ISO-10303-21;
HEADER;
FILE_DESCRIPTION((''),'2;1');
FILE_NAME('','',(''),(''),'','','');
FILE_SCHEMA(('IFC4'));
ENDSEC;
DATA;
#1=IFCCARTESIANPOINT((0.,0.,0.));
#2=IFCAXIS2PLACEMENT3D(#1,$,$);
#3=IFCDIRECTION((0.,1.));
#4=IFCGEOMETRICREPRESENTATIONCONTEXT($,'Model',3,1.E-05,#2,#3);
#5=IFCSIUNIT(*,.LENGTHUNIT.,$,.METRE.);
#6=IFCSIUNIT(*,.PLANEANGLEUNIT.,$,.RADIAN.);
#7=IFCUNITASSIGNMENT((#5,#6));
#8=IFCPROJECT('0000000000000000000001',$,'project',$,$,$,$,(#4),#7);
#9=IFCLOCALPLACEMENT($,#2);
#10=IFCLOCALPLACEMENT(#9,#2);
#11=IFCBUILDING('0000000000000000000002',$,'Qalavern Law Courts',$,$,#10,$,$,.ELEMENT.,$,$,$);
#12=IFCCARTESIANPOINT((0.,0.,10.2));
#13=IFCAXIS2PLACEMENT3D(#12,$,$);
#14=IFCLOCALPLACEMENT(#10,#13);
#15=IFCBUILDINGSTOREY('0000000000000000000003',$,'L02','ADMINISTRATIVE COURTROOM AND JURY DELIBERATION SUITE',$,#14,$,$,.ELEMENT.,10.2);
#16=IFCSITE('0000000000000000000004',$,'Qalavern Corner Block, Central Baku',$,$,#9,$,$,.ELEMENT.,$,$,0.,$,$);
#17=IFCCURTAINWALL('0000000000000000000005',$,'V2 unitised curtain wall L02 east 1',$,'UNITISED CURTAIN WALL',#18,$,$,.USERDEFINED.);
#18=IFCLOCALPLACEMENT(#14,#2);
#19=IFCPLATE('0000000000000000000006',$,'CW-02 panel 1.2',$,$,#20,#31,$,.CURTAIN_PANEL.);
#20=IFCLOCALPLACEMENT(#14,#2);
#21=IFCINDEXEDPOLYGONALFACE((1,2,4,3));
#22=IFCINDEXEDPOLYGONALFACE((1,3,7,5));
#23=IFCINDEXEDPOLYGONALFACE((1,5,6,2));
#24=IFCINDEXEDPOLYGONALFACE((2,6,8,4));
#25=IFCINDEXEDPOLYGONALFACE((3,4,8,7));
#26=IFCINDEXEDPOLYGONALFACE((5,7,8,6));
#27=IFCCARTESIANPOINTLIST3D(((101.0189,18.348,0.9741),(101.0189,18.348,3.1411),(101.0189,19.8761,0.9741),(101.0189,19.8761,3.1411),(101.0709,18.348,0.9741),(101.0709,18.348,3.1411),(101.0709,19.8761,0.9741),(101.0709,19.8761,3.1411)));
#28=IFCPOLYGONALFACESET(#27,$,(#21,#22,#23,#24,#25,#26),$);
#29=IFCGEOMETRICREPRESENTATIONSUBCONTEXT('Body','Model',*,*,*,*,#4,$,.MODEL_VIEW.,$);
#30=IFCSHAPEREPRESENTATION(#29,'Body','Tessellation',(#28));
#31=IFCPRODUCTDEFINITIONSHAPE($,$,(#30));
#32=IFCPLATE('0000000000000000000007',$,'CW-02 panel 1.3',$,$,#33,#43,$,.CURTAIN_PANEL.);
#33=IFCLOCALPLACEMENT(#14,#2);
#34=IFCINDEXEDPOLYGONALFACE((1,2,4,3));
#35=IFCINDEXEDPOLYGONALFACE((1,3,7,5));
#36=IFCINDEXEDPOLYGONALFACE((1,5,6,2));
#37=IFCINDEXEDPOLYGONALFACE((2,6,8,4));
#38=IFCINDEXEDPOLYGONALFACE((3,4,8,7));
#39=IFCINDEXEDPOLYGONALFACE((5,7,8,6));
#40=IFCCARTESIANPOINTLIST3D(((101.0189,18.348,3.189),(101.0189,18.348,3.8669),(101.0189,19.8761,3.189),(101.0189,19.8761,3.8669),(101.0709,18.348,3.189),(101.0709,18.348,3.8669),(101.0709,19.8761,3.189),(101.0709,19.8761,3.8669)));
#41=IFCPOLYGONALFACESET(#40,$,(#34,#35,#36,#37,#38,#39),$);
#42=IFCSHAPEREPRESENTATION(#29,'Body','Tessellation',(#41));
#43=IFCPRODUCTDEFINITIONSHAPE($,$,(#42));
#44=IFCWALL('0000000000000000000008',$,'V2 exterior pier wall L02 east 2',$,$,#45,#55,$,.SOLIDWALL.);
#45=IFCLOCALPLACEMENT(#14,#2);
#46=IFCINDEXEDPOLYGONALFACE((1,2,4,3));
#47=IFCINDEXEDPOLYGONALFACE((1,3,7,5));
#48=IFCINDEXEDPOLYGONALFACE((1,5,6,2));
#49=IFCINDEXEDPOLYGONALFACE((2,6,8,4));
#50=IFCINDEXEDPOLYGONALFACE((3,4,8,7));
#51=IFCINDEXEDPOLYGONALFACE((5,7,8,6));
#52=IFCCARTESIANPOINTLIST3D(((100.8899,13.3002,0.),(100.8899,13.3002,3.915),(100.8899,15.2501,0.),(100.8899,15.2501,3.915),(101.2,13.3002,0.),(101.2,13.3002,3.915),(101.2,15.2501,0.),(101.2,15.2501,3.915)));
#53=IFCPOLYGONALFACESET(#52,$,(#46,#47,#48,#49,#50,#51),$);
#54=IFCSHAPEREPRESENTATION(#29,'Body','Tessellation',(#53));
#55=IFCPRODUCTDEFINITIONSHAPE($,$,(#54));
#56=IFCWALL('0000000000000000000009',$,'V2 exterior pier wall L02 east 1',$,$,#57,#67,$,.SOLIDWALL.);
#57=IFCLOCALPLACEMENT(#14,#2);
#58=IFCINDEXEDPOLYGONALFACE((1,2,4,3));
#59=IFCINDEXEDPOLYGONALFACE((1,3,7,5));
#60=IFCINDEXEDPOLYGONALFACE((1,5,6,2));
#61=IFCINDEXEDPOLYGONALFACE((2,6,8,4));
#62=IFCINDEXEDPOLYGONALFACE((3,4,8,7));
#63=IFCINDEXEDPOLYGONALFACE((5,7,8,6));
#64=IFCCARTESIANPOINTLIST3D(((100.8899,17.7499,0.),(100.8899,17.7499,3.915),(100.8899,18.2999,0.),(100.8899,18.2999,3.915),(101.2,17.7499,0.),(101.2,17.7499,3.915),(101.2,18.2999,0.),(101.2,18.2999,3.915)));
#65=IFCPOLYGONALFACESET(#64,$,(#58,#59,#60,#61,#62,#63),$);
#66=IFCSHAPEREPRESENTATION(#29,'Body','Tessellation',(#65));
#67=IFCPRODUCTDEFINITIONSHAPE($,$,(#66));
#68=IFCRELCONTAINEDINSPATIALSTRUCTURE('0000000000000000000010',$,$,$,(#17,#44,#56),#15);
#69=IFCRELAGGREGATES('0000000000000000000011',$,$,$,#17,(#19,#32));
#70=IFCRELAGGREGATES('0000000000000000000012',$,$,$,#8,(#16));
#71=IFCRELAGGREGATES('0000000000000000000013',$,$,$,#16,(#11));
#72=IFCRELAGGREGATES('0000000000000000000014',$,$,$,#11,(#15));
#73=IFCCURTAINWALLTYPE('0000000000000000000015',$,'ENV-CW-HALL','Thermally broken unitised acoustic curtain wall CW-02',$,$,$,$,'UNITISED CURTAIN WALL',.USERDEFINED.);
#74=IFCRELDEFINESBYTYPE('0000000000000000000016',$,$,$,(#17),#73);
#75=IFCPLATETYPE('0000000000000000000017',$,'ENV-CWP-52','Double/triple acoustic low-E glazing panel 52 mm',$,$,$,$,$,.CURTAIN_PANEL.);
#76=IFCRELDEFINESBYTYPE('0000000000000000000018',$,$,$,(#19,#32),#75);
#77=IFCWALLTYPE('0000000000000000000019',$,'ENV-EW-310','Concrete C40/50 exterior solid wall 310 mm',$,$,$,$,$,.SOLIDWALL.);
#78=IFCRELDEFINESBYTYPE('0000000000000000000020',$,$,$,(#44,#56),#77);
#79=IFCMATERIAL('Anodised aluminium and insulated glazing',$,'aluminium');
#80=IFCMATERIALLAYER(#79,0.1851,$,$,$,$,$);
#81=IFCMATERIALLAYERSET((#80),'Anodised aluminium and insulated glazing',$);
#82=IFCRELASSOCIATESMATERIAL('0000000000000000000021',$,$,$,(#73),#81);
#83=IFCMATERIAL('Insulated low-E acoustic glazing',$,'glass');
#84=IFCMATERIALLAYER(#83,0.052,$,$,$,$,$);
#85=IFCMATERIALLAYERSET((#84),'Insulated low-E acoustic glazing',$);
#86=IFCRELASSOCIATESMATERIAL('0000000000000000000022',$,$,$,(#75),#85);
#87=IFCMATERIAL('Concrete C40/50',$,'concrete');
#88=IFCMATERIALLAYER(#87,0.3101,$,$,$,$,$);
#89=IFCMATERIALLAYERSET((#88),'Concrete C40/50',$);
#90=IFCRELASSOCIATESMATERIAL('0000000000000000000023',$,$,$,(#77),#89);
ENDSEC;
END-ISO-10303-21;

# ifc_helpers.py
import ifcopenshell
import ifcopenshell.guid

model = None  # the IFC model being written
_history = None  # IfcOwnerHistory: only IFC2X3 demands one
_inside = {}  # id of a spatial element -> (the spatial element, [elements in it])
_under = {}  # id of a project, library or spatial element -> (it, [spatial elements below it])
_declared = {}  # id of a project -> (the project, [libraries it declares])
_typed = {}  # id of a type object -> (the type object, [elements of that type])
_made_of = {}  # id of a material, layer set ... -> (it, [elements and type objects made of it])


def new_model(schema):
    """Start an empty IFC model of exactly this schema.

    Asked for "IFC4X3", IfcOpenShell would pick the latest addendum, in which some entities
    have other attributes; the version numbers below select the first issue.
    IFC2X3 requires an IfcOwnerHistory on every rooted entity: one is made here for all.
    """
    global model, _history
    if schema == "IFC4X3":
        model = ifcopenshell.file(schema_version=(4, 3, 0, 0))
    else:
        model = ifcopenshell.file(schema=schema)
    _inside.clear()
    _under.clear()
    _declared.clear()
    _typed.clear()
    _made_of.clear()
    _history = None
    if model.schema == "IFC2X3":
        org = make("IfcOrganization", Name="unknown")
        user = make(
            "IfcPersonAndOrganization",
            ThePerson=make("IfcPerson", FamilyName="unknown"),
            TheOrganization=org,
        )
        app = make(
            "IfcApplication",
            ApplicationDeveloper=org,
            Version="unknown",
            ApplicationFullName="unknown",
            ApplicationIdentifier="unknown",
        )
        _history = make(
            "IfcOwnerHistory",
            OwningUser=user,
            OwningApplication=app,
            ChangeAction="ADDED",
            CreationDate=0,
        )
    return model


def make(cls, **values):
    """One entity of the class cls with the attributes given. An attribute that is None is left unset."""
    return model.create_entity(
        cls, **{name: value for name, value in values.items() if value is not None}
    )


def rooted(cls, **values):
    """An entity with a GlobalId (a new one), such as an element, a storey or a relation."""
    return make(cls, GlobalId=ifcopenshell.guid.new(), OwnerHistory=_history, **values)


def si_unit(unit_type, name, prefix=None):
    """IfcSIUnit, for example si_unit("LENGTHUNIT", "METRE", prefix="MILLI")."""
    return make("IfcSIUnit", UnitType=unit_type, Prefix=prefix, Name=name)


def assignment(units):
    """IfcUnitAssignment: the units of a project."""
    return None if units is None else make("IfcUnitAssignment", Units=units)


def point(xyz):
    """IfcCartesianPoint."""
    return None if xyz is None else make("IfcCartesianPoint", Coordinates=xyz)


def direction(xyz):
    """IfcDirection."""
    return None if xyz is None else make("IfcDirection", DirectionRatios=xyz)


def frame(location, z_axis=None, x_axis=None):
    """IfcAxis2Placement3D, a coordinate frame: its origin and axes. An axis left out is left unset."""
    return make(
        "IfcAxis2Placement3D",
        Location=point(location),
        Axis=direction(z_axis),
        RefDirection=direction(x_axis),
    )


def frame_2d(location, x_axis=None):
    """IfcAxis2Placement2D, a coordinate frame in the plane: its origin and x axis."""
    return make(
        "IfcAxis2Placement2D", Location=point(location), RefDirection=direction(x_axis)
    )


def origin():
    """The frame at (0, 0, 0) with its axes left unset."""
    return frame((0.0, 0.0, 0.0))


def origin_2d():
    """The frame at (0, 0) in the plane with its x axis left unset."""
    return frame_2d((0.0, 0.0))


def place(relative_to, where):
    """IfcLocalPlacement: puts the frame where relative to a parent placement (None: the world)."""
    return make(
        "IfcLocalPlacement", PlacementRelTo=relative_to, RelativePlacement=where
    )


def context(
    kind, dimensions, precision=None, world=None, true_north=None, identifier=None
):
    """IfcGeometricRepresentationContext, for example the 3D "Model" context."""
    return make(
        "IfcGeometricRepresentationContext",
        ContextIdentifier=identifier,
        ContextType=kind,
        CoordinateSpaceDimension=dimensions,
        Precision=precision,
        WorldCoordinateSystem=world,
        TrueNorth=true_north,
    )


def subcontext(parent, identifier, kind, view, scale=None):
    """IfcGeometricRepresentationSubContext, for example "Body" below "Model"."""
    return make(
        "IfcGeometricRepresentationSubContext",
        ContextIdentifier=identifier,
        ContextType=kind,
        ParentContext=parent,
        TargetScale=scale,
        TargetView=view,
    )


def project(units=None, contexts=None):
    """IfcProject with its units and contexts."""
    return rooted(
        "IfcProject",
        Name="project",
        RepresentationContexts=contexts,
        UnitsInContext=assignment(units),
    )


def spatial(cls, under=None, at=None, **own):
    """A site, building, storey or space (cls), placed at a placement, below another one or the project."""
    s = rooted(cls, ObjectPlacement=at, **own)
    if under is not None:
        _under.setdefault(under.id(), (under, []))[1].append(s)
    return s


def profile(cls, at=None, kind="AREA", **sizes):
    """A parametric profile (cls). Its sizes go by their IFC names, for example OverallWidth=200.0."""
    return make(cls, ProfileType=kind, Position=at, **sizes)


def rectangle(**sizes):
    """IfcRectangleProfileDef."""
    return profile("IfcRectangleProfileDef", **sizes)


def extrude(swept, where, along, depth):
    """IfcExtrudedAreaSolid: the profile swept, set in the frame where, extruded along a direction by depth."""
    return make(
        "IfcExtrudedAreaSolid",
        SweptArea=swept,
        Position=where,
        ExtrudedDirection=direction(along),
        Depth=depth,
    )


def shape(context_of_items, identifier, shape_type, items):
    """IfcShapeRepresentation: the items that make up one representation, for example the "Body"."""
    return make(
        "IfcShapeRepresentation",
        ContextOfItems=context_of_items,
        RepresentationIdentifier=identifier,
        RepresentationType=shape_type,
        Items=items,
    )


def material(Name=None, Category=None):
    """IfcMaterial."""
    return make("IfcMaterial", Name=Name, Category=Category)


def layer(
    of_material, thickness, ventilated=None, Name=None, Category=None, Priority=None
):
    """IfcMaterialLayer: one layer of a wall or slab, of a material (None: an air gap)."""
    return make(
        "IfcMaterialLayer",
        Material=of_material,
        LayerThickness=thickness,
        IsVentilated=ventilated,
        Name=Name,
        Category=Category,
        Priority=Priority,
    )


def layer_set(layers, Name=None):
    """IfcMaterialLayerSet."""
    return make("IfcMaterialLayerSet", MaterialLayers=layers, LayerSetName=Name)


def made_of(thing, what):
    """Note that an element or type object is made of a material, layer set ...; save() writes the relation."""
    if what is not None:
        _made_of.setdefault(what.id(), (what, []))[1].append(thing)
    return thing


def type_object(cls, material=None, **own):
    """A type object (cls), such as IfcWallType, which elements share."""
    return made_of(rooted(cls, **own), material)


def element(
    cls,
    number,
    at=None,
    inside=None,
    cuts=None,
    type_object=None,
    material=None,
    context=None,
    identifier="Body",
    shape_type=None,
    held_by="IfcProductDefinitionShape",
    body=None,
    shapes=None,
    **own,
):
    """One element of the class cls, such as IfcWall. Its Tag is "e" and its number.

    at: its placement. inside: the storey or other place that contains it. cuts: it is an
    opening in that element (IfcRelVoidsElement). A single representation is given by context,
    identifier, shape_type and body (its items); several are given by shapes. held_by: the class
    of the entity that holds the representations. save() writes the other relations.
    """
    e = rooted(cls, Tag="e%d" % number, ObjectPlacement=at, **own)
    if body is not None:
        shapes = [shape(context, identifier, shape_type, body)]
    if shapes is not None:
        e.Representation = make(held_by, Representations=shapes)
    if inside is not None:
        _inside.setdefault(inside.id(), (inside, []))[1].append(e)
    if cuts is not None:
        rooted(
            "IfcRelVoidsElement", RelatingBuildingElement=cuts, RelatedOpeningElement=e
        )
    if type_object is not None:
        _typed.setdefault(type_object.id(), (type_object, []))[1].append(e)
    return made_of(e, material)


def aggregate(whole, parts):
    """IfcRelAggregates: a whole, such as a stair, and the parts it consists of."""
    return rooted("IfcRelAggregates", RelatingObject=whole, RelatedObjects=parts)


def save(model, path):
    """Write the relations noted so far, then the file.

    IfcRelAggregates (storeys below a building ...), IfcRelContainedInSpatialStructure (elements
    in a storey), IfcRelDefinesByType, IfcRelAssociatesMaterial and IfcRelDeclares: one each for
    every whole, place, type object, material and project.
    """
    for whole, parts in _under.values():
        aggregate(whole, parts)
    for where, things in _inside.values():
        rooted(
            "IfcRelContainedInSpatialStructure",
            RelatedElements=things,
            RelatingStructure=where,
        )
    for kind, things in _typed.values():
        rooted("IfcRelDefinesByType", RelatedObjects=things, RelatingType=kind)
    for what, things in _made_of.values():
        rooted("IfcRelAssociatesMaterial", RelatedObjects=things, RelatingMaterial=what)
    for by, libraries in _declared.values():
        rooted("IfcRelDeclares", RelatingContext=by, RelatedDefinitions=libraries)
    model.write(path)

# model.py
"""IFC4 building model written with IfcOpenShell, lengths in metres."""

from ifc_helpers import new_model, si_unit, direction, frame, frame_2d, origin, origin_2d, place, context, subcontext, project, spatial, rectangle, extrude, material, layer, layer_set, type_object, element, aggregate, save


model = new_model("IFC4")

# Units and contexts
model_context = context("Model", 3, precision=1e-05, world=origin(), true_north=direction((0.0, 1.0)))
body_context = subcontext(model_context, "Body", "Model", "MODEL_VIEW")
ifc_project = project(units=[si_unit("LENGTHUNIT", "METRE"), si_unit("PLANEANGLEUNIT", "RADIAN")], contexts=[model_context])

# Site, building, storey
site_placement = place(None, origin())
site = spatial("IfcSite", under=ifc_project, at=site_placement, Name="Qalavern Corner Block, Central Baku", CompositionType="ELEMENT", RefElevation=0.0)
building_placement = place(site_placement, origin())
building = spatial("IfcBuilding", under=site, at=building_placement, Name="Qalavern Law Courts", CompositionType="ELEMENT")
storey_placement = place(building_placement, frame((0.0, 0.0, 10.2)))
storey = spatial("IfcBuildingStorey", under=building, at=storey_placement, Name="L02", Description="ADMINISTRATIVE COURTROOM AND JURY DELIBERATION SUITE", CompositionType="ELEMENT", Elevation=10.2)

# Shared definitions
ifc_material_1 = material(Name="Anodised aluminium and insulated glazing", Category="aluminium")
ifc_layer_1 = layer(ifc_material_1, 0.1851)
ifc_layer_set_1 = layer_set([ifc_layer_1], Name="Anodised aluminium and insulated glazing")
curtain_wall_type = type_object("IfcCurtainWallType", Name="ENV-CW-HALL", Description="Thermally broken unitised acoustic curtain wall CW-02", ElementType="UNITISED CURTAIN WALL", PredefinedType="USERDEFINED", material=ifc_layer_set_1)

# Curtain wall
curtain_wall_1_placement = place(storey_placement, origin())
curtain_wall_1 = element("IfcCurtainWall", 1, at=curtain_wall_1_placement, inside=storey, type_object=curtain_wall_type, Name="V2 unitised curtain wall L02 east 1", ObjectType="UNITISED CURTAIN WALL", PredefinedType="USERDEFINED")

# Plates
ifc_material_2 = material(Name="Insulated low-E acoustic glazing", Category="glass")
ifc_layer_2 = layer(ifc_material_2, 0.052)
ifc_layer_set_2 = layer_set([ifc_layer_2], Name="Insulated low-E acoustic glazing")
plate_type_1 = type_object("IfcPlateType", Name="ENV-CWP-52", Description="Double/triple acoustic low-E glazing panel 52 mm", PredefinedType="CURTAIN_PANEL", material=ifc_layer_set_2)
plate_1_placement = place(storey_placement, frame((101.0449, 19.1121, 0.9741), z_axis=(0.0, 0.0, 1.0), x_axis=(0.0, 1.0, 0.0)))
plate_1 = element("IfcPlate", 2, at=plate_1_placement, type_object=plate_type_1, Name="CW-02 panel 1.2", PredefinedType="CURTAIN_PANEL", context=body_context, shape_type="SweptSolid", body=[
    extrude(rectangle(XDim=1.5281, YDim=0.052, at=origin_2d()), origin(), (0.0, 0.0, 1.0), 2.167),
])
plate_2_placement = place(storey_placement, frame((101.0449, 19.1121, 3.189), z_axis=(0.0, 0.0, 1.0), x_axis=(0.0, 1.0, 0.0)))
plate_2 = element("IfcPlate", 3, at=plate_2_placement, type_object=plate_type_1, Name="CW-02 panel 1.3", PredefinedType="CURTAIN_PANEL", context=body_context, shape_type="SweptSolid", body=[
    extrude(rectangle(XDim=1.5281, YDim=0.052, at=origin_2d()), origin(), (0.0, 0.0, 1.0), 0.678),
])
aggregate(curtain_wall_1, [plate_1, plate_2])

# Walls
ifc_material_3 = material(Name="Concrete C40/50", Category="concrete")
ifc_layer_3 = layer(ifc_material_3, 0.3101)
ifc_layer_set_3 = layer_set([ifc_layer_3], Name="Concrete C40/50")
wall_type = type_object("IfcWallType", Name="ENV-EW-310", Description="Concrete C40/50 exterior solid wall 310 mm", PredefinedType="SOLIDWALL", material=ifc_layer_set_3)
wall_1_placement = place(storey_placement, frame((101.0449, 13.3, 0.0), z_axis=(0.0, 0.0, 1.0), x_axis=(0.0, 1.0, 0.0)))
element("IfcWall", 4, at=wall_1_placement, inside=storey, type_object=wall_type, Name="V2 exterior pier wall L02 east 2", PredefinedType="SOLIDWALL", context=body_context, shape_type="SweptSolid", body=[
    extrude(rectangle(XDim=1.95, YDim=0.3101, at=frame_2d((0.9751, 0.0))), origin(), (0.0, 0.0, 1.0), 3.915),
])
wall_2_placement = place(storey_placement, frame((101.0449, 17.75, 0.0), z_axis=(0.0, 0.0, 1.0), x_axis=(0.0, 1.0, 0.0)))
element("IfcWall", 5, at=wall_2_placement, inside=storey, type_object=wall_type, Name="V2 exterior pier wall L02 east 1", PredefinedType="SOLIDWALL", context=body_context, shape_type="SweptSolid", body=[
    extrude(rectangle(XDim=0.55, YDim=0.3101, at=frame_2d((0.2749, 0.0))), origin(), (0.0, 0.0, 1.0), 3.915),
])

save(model, "model.ifc")
